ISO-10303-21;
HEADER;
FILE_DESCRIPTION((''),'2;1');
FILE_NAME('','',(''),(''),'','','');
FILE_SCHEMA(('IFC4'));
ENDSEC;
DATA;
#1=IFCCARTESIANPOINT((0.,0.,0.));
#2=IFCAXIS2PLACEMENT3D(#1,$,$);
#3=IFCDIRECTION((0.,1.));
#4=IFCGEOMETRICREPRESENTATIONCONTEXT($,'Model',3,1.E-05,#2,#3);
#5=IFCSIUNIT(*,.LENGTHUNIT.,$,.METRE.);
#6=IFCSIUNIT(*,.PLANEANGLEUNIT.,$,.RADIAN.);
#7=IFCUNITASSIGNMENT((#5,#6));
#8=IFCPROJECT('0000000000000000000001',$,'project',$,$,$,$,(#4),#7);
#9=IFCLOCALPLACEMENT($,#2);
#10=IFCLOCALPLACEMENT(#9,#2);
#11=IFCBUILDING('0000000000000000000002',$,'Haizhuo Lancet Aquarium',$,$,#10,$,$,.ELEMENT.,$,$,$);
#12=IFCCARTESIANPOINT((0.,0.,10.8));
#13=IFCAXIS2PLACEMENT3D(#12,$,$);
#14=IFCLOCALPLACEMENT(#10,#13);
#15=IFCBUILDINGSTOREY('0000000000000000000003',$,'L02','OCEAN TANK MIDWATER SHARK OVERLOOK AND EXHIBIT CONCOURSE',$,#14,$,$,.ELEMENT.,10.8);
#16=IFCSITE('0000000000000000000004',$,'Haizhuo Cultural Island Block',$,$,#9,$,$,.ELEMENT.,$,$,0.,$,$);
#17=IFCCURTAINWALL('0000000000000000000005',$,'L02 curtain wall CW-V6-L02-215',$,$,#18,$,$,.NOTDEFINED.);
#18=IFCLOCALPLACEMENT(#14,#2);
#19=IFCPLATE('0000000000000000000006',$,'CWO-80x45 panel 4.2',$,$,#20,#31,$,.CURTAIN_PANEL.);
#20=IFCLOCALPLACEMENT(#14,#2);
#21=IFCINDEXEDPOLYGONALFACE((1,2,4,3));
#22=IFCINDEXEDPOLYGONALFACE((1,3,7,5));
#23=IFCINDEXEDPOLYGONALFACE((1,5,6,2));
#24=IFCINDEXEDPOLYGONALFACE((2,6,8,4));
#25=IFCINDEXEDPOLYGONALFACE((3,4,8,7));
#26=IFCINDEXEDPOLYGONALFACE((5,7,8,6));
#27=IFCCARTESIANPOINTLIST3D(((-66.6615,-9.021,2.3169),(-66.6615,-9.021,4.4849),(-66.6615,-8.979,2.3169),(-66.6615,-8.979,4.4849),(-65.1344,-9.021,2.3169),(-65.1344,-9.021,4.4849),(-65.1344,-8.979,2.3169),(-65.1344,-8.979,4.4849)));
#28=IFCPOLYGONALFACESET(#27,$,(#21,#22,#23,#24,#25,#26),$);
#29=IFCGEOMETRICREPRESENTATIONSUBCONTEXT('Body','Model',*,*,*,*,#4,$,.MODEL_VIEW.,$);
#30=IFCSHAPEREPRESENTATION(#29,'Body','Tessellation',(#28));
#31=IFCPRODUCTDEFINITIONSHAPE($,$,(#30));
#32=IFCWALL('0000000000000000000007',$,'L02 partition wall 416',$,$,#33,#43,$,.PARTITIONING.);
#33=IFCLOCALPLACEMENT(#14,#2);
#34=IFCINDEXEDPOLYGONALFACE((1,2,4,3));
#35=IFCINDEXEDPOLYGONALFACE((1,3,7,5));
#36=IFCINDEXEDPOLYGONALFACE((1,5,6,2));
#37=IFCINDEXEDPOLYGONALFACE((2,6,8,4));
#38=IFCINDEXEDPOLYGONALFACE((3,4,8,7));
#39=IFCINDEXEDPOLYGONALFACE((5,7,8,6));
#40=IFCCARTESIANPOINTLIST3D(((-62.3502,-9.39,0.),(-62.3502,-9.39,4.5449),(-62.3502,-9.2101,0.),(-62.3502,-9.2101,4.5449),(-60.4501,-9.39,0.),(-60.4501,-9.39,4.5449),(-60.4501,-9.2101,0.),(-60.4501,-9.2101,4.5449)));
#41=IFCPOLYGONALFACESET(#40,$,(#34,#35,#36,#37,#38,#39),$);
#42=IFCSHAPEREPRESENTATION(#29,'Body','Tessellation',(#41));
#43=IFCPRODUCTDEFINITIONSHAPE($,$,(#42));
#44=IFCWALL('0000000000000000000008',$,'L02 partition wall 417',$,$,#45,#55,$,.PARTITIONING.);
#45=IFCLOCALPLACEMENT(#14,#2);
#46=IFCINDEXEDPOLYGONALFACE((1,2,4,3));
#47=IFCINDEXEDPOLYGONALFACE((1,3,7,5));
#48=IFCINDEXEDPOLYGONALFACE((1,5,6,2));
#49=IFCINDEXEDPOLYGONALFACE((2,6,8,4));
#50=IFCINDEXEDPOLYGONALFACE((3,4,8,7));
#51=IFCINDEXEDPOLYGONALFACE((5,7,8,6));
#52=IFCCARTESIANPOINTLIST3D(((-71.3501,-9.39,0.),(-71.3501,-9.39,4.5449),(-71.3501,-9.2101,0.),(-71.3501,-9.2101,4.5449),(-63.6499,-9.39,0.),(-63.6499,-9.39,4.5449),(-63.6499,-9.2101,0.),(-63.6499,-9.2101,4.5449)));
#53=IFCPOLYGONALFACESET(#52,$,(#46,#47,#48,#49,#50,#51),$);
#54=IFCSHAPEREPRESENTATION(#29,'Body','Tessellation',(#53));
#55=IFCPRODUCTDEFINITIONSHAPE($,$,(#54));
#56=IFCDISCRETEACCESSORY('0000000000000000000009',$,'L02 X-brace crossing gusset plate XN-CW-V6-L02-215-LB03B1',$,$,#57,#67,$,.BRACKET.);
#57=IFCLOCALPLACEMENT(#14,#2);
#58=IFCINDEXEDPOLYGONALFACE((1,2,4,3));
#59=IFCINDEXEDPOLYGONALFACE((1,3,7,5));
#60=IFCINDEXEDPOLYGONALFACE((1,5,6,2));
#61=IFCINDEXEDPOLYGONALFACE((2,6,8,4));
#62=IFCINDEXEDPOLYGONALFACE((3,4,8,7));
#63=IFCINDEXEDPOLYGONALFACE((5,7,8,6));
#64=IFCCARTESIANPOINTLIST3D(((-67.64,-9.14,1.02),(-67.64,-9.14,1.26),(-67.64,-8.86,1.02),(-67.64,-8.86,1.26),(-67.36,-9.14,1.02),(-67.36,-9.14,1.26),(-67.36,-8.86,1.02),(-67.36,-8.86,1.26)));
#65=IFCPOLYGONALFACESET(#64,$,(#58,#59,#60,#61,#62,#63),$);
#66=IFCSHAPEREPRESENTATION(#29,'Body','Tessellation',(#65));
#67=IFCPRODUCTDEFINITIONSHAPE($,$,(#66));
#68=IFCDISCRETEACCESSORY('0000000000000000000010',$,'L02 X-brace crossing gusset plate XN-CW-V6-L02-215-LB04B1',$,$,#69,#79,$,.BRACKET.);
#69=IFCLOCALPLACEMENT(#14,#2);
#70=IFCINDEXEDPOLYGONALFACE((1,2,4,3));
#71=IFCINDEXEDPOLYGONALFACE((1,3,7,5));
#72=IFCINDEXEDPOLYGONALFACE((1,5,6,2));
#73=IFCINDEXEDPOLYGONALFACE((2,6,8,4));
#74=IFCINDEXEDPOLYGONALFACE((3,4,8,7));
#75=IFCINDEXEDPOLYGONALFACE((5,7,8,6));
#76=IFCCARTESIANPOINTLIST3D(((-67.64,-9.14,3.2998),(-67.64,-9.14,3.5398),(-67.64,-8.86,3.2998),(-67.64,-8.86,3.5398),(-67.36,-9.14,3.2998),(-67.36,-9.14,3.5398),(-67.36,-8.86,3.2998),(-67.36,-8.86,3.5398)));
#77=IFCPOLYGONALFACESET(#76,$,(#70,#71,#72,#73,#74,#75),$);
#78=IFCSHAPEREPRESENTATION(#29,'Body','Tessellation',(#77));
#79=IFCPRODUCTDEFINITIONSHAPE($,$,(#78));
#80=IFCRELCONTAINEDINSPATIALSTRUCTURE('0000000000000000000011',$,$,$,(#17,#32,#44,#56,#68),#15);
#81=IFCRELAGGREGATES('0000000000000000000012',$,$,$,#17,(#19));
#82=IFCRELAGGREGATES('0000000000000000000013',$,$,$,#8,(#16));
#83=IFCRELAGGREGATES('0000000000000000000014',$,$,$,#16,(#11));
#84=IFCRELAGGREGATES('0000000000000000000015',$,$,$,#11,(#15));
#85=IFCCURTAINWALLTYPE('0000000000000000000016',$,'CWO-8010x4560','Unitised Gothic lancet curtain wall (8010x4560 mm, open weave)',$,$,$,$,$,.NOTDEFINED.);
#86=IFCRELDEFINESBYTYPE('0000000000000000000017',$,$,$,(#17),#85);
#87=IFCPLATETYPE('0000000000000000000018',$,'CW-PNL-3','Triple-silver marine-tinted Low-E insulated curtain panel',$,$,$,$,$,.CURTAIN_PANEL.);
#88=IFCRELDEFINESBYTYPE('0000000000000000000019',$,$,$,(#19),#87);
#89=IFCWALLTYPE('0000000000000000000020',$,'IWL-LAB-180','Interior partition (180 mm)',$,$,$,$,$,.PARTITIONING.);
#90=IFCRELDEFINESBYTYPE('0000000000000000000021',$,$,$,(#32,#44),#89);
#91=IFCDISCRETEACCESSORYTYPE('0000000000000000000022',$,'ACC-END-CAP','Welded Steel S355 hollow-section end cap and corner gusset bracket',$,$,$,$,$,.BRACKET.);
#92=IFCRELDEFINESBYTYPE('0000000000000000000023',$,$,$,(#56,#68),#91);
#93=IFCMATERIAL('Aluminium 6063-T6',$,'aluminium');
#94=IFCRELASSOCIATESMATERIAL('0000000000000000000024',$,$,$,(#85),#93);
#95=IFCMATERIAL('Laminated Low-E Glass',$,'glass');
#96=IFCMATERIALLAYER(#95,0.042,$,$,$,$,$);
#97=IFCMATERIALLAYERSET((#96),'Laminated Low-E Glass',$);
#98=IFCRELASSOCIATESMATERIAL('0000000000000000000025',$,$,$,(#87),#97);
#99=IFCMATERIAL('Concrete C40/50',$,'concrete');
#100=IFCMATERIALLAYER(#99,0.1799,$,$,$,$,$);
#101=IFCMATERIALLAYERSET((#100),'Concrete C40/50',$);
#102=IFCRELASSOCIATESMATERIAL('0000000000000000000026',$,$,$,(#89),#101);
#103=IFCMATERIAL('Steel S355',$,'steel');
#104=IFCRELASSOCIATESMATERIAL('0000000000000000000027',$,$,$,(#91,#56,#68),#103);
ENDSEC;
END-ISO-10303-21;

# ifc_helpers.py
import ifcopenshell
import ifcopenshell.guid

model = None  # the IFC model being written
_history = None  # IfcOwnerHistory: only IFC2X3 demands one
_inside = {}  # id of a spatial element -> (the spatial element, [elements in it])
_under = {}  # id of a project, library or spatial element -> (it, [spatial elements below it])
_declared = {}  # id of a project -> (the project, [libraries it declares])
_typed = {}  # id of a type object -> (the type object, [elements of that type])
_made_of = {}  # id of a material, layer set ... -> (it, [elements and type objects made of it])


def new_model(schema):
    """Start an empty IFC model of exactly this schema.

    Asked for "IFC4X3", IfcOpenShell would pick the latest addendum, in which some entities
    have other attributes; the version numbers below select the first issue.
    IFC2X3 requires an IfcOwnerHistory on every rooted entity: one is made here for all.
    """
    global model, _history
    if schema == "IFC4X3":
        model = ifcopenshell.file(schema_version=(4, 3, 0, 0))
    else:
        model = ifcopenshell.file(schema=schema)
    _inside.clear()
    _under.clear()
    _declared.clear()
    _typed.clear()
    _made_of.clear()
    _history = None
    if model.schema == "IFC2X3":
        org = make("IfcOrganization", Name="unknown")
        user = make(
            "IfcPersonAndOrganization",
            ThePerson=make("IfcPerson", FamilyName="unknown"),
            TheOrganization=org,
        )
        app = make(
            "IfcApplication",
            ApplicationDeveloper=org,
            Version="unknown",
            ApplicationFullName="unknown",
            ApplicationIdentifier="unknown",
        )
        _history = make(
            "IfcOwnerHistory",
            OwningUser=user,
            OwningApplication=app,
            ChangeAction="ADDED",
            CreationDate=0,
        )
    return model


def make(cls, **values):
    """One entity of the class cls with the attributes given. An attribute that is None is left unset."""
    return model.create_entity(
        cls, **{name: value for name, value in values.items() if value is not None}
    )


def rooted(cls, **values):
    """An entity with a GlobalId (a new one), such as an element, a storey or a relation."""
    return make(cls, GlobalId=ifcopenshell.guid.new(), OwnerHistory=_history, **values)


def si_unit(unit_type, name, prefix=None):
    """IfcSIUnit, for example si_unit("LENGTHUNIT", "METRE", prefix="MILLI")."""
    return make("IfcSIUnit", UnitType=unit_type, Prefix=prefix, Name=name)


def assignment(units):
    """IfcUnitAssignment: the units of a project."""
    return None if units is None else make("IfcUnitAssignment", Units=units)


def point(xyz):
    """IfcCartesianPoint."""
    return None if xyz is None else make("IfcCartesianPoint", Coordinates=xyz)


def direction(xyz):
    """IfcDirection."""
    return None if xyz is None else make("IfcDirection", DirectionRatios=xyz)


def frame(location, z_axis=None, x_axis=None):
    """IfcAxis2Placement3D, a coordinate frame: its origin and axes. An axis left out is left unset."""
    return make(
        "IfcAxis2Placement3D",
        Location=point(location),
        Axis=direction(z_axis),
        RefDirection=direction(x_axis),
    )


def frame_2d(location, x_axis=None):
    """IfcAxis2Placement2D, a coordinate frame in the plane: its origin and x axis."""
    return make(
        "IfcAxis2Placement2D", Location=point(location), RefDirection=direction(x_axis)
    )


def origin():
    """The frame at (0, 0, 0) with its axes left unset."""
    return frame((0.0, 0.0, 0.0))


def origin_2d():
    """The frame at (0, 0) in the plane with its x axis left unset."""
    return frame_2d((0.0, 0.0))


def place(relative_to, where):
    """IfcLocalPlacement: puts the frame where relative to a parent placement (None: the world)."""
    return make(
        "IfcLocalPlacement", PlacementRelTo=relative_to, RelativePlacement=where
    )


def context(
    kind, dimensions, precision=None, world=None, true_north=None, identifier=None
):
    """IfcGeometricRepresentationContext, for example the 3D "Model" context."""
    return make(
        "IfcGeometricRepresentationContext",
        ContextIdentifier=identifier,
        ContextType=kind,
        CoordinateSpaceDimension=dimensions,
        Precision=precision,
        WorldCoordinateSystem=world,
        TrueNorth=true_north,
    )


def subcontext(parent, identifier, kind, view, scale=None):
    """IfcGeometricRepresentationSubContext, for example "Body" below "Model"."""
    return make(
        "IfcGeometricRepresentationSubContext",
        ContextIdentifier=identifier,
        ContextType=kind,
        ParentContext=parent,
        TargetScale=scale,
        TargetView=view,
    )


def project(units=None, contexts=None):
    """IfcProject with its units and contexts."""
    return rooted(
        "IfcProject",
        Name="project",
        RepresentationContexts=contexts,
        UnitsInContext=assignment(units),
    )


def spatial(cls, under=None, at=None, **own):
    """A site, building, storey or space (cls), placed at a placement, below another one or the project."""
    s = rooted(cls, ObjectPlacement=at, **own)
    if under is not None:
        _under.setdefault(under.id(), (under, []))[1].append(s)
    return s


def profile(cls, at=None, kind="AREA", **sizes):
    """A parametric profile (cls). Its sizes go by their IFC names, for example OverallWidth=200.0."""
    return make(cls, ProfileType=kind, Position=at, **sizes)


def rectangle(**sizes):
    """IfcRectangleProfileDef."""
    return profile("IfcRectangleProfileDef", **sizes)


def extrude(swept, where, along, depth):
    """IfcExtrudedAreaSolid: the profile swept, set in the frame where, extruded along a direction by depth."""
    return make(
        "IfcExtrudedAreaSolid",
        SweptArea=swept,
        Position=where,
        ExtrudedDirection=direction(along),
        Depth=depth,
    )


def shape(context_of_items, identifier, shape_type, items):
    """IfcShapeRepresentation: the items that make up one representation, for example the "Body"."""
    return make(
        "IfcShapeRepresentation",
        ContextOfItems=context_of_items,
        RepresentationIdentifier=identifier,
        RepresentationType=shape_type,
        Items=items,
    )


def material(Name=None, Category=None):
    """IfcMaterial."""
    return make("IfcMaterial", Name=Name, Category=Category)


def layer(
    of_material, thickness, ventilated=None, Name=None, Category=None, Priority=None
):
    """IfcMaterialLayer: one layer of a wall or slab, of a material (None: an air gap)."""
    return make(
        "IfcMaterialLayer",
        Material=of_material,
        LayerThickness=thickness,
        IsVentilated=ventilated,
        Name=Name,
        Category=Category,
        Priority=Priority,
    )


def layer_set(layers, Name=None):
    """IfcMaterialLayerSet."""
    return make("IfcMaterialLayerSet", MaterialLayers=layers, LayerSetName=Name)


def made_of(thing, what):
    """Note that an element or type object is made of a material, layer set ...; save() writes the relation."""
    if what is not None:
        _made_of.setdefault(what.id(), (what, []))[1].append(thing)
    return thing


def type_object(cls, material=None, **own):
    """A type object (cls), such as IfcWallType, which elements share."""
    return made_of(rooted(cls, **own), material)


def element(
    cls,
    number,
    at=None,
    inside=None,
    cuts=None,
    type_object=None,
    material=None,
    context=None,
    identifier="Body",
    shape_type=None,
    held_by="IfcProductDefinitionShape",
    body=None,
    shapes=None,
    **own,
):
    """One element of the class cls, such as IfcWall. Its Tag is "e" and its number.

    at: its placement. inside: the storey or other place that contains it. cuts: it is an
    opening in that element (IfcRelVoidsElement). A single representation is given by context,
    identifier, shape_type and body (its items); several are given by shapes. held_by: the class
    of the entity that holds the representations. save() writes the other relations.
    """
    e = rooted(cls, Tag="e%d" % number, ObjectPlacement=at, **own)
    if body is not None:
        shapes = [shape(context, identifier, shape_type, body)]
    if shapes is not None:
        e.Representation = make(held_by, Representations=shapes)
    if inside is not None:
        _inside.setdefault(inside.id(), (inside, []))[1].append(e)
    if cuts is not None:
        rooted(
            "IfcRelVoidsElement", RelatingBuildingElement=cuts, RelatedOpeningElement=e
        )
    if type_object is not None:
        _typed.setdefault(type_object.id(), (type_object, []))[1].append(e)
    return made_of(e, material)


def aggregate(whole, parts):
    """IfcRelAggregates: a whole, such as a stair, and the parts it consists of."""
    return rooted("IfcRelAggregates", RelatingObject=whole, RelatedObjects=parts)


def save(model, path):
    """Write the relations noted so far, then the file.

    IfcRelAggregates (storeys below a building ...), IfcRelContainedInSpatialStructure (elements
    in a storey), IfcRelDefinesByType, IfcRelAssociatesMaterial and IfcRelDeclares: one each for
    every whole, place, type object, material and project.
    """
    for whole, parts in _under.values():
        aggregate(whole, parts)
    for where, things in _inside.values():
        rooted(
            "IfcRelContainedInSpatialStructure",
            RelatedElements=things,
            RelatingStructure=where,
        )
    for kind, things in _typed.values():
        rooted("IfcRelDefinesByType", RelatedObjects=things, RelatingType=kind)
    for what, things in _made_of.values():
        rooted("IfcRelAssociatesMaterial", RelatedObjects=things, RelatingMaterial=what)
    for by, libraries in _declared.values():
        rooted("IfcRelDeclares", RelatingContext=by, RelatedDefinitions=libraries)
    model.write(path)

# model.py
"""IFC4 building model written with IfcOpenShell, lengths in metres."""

from ifc_helpers import new_model, si_unit, direction, frame, frame_2d, origin, origin_2d, place, context, subcontext, project, spatial, rectangle, extrude, material, layer, layer_set, type_object, element, aggregate, save


model = new_model("IFC4")

# Units and contexts
model_context = context("Model", 3, precision=1e-05, world=origin(), true_north=direction((0.0, 1.0)))
body_context = subcontext(model_context, "Body", "Model", "MODEL_VIEW")
ifc_project = project(units=[si_unit("LENGTHUNIT", "METRE"), si_unit("PLANEANGLEUNIT", "RADIAN")], contexts=[model_context])

# Site, building, storey
site_placement = place(None, origin())
site = spatial("IfcSite", under=ifc_project, at=site_placement, Name="Haizhuo Cultural Island Block", CompositionType="ELEMENT", RefElevation=0.0)
building_placement = place(site_placement, origin())
building = spatial("IfcBuilding", under=site, at=building_placement, Name="Haizhuo Lancet Aquarium", CompositionType="ELEMENT")
storey_placement = place(building_placement, frame((0.0, 0.0, 10.8)))
storey = spatial("IfcBuildingStorey", under=building, at=storey_placement, Name="L02", Description="OCEAN TANK MIDWATER SHARK OVERLOOK AND EXHIBIT CONCOURSE", CompositionType="ELEMENT", Elevation=10.8)

# Curtain wall
ifc_material_1 = material(Name="Aluminium 6063-T6", Category="aluminium")
curtain_wall_type = type_object("IfcCurtainWallType", Name="CWO-8010x4560", Description="Unitised Gothic lancet curtain wall (8010x4560 mm, open weave)", PredefinedType="NOTDEFINED", material=ifc_material_1)
curtain_wall_placement = place(storey_placement, origin())
curtain_wall = element("IfcCurtainWall", 1, at=curtain_wall_placement, inside=storey, type_object=curtain_wall_type, Name="L02 curtain wall CW-V6-L02-215", PredefinedType="NOTDEFINED")

# Shared definitions
ifc_material_2 = material(Name="Steel S355", Category="steel")

# Plate
ifc_material_3 = material(Name="Laminated Low-E Glass", Category="glass")
ifc_layer_1 = layer(ifc_material_3, 0.042)
ifc_layer_set_1 = layer_set([ifc_layer_1], Name="Laminated Low-E Glass")
plate_type = type_object("IfcPlateType", Name="CW-PNL-3", Description="Triple-silver marine-tinted Low-E insulated curtain panel", PredefinedType="CURTAIN_PANEL", material=ifc_layer_set_1)
plate_1_placement = place(storey_placement, frame((-65.8979, -9.0, 2.3169), z_axis=(0.0, 0.0, 1.0), x_axis=(1.0, 0.0, 0.0)))
plate_1 = element("IfcPlate", 2, at=plate_1_placement, type_object=plate_type, Name="CWO-80x45 panel 4.2", PredefinedType="CURTAIN_PANEL", context=body_context, shape_type="SweptSolid", body=[
    extrude(rectangle(XDim=1.5271, YDim=0.042, at=origin_2d()), origin(), (0.0, 0.0, 1.0), 2.168),
])
aggregate(curtain_wall, [plate_1])

# Walls
ifc_material_4 = material(Name="Concrete C40/50", Category="concrete")
ifc_layer_2 = layer(ifc_material_4, 0.1799)
ifc_layer_set_2 = layer_set([ifc_layer_2], Name="Concrete C40/50")
wall_type = type_object("IfcWallType", Name="IWL-LAB-180", Description="Interior partition (180 mm)", PredefinedType="PARTITIONING", material=ifc_layer_set_2)
wall_1_placement = place(storey_placement, frame((-60.45, -9.3, 0.0), z_axis=(0.0, 0.0, 1.0), x_axis=(-1.0, 0.0, 0.0)))
element("IfcWall", 3, at=wall_1_placement, inside=storey, type_object=wall_type, Name="L02 partition wall 416", PredefinedType="PARTITIONING", context=body_context, shape_type="SweptSolid", body=[
    extrude(rectangle(XDim=1.9001, YDim=0.1799, at=frame_2d((0.9502, 0.0))), origin(), (0.0, 0.0, 1.0), 4.5449),
])
wall_2_placement = place(storey_placement, frame((-63.6499, -9.3, 0.0), z_axis=(0.0, 0.0, 1.0), x_axis=(-1.0, 0.0, 0.0)))
element("IfcWall", 4, at=wall_2_placement, inside=storey, type_object=wall_type, Name="L02 partition wall 417", PredefinedType="PARTITIONING", context=body_context, shape_type="SweptSolid", body=[
    extrude(rectangle(XDim=7.7002, YDim=0.1799, at=frame_2d((3.8501, 0.0))), origin(), (0.0, 0.0, 1.0), 4.5449),
])

# Discrete accessories
discrete_accessory_type = type_object("IfcDiscreteAccessoryType", Name="ACC-END-CAP", Description="Welded Steel S355 hollow-section end cap and corner gusset bracket", PredefinedType="BRACKET", material=ifc_material_2)
for number, where, z_axis, x_axis, name in (
    (5, (-67.5, -9.0, 1.02), (0.0, 0.0, 1.0), (1.0, 0.0, 0.0), "L02 X-brace crossing gusset plate XN-CW-V6-L02-215-LB03B1"),
    (6, (-67.5, -9.0, 3.2998), (0.0, 0.0, 1.0), (1.0, 0.0, 0.0), "L02 X-brace crossing gusset plate XN-CW-V6-L02-215-LB04B1"),
):
    element("IfcDiscreteAccessory", number, at=place(storey_placement, frame(where, z_axis=z_axis, x_axis=x_axis)), inside=storey, type_object=discrete_accessory_type, material=ifc_material_2, Name=name, PredefinedType="BRACKET", context=body_context, shape_type="SweptSolid", body=[
        extrude(rectangle(XDim=0.28, YDim=0.28, at=origin_2d()), origin(), (0.0, 0.0, 1.0), 0.24),
    ])

save(model, "model.ifc")
